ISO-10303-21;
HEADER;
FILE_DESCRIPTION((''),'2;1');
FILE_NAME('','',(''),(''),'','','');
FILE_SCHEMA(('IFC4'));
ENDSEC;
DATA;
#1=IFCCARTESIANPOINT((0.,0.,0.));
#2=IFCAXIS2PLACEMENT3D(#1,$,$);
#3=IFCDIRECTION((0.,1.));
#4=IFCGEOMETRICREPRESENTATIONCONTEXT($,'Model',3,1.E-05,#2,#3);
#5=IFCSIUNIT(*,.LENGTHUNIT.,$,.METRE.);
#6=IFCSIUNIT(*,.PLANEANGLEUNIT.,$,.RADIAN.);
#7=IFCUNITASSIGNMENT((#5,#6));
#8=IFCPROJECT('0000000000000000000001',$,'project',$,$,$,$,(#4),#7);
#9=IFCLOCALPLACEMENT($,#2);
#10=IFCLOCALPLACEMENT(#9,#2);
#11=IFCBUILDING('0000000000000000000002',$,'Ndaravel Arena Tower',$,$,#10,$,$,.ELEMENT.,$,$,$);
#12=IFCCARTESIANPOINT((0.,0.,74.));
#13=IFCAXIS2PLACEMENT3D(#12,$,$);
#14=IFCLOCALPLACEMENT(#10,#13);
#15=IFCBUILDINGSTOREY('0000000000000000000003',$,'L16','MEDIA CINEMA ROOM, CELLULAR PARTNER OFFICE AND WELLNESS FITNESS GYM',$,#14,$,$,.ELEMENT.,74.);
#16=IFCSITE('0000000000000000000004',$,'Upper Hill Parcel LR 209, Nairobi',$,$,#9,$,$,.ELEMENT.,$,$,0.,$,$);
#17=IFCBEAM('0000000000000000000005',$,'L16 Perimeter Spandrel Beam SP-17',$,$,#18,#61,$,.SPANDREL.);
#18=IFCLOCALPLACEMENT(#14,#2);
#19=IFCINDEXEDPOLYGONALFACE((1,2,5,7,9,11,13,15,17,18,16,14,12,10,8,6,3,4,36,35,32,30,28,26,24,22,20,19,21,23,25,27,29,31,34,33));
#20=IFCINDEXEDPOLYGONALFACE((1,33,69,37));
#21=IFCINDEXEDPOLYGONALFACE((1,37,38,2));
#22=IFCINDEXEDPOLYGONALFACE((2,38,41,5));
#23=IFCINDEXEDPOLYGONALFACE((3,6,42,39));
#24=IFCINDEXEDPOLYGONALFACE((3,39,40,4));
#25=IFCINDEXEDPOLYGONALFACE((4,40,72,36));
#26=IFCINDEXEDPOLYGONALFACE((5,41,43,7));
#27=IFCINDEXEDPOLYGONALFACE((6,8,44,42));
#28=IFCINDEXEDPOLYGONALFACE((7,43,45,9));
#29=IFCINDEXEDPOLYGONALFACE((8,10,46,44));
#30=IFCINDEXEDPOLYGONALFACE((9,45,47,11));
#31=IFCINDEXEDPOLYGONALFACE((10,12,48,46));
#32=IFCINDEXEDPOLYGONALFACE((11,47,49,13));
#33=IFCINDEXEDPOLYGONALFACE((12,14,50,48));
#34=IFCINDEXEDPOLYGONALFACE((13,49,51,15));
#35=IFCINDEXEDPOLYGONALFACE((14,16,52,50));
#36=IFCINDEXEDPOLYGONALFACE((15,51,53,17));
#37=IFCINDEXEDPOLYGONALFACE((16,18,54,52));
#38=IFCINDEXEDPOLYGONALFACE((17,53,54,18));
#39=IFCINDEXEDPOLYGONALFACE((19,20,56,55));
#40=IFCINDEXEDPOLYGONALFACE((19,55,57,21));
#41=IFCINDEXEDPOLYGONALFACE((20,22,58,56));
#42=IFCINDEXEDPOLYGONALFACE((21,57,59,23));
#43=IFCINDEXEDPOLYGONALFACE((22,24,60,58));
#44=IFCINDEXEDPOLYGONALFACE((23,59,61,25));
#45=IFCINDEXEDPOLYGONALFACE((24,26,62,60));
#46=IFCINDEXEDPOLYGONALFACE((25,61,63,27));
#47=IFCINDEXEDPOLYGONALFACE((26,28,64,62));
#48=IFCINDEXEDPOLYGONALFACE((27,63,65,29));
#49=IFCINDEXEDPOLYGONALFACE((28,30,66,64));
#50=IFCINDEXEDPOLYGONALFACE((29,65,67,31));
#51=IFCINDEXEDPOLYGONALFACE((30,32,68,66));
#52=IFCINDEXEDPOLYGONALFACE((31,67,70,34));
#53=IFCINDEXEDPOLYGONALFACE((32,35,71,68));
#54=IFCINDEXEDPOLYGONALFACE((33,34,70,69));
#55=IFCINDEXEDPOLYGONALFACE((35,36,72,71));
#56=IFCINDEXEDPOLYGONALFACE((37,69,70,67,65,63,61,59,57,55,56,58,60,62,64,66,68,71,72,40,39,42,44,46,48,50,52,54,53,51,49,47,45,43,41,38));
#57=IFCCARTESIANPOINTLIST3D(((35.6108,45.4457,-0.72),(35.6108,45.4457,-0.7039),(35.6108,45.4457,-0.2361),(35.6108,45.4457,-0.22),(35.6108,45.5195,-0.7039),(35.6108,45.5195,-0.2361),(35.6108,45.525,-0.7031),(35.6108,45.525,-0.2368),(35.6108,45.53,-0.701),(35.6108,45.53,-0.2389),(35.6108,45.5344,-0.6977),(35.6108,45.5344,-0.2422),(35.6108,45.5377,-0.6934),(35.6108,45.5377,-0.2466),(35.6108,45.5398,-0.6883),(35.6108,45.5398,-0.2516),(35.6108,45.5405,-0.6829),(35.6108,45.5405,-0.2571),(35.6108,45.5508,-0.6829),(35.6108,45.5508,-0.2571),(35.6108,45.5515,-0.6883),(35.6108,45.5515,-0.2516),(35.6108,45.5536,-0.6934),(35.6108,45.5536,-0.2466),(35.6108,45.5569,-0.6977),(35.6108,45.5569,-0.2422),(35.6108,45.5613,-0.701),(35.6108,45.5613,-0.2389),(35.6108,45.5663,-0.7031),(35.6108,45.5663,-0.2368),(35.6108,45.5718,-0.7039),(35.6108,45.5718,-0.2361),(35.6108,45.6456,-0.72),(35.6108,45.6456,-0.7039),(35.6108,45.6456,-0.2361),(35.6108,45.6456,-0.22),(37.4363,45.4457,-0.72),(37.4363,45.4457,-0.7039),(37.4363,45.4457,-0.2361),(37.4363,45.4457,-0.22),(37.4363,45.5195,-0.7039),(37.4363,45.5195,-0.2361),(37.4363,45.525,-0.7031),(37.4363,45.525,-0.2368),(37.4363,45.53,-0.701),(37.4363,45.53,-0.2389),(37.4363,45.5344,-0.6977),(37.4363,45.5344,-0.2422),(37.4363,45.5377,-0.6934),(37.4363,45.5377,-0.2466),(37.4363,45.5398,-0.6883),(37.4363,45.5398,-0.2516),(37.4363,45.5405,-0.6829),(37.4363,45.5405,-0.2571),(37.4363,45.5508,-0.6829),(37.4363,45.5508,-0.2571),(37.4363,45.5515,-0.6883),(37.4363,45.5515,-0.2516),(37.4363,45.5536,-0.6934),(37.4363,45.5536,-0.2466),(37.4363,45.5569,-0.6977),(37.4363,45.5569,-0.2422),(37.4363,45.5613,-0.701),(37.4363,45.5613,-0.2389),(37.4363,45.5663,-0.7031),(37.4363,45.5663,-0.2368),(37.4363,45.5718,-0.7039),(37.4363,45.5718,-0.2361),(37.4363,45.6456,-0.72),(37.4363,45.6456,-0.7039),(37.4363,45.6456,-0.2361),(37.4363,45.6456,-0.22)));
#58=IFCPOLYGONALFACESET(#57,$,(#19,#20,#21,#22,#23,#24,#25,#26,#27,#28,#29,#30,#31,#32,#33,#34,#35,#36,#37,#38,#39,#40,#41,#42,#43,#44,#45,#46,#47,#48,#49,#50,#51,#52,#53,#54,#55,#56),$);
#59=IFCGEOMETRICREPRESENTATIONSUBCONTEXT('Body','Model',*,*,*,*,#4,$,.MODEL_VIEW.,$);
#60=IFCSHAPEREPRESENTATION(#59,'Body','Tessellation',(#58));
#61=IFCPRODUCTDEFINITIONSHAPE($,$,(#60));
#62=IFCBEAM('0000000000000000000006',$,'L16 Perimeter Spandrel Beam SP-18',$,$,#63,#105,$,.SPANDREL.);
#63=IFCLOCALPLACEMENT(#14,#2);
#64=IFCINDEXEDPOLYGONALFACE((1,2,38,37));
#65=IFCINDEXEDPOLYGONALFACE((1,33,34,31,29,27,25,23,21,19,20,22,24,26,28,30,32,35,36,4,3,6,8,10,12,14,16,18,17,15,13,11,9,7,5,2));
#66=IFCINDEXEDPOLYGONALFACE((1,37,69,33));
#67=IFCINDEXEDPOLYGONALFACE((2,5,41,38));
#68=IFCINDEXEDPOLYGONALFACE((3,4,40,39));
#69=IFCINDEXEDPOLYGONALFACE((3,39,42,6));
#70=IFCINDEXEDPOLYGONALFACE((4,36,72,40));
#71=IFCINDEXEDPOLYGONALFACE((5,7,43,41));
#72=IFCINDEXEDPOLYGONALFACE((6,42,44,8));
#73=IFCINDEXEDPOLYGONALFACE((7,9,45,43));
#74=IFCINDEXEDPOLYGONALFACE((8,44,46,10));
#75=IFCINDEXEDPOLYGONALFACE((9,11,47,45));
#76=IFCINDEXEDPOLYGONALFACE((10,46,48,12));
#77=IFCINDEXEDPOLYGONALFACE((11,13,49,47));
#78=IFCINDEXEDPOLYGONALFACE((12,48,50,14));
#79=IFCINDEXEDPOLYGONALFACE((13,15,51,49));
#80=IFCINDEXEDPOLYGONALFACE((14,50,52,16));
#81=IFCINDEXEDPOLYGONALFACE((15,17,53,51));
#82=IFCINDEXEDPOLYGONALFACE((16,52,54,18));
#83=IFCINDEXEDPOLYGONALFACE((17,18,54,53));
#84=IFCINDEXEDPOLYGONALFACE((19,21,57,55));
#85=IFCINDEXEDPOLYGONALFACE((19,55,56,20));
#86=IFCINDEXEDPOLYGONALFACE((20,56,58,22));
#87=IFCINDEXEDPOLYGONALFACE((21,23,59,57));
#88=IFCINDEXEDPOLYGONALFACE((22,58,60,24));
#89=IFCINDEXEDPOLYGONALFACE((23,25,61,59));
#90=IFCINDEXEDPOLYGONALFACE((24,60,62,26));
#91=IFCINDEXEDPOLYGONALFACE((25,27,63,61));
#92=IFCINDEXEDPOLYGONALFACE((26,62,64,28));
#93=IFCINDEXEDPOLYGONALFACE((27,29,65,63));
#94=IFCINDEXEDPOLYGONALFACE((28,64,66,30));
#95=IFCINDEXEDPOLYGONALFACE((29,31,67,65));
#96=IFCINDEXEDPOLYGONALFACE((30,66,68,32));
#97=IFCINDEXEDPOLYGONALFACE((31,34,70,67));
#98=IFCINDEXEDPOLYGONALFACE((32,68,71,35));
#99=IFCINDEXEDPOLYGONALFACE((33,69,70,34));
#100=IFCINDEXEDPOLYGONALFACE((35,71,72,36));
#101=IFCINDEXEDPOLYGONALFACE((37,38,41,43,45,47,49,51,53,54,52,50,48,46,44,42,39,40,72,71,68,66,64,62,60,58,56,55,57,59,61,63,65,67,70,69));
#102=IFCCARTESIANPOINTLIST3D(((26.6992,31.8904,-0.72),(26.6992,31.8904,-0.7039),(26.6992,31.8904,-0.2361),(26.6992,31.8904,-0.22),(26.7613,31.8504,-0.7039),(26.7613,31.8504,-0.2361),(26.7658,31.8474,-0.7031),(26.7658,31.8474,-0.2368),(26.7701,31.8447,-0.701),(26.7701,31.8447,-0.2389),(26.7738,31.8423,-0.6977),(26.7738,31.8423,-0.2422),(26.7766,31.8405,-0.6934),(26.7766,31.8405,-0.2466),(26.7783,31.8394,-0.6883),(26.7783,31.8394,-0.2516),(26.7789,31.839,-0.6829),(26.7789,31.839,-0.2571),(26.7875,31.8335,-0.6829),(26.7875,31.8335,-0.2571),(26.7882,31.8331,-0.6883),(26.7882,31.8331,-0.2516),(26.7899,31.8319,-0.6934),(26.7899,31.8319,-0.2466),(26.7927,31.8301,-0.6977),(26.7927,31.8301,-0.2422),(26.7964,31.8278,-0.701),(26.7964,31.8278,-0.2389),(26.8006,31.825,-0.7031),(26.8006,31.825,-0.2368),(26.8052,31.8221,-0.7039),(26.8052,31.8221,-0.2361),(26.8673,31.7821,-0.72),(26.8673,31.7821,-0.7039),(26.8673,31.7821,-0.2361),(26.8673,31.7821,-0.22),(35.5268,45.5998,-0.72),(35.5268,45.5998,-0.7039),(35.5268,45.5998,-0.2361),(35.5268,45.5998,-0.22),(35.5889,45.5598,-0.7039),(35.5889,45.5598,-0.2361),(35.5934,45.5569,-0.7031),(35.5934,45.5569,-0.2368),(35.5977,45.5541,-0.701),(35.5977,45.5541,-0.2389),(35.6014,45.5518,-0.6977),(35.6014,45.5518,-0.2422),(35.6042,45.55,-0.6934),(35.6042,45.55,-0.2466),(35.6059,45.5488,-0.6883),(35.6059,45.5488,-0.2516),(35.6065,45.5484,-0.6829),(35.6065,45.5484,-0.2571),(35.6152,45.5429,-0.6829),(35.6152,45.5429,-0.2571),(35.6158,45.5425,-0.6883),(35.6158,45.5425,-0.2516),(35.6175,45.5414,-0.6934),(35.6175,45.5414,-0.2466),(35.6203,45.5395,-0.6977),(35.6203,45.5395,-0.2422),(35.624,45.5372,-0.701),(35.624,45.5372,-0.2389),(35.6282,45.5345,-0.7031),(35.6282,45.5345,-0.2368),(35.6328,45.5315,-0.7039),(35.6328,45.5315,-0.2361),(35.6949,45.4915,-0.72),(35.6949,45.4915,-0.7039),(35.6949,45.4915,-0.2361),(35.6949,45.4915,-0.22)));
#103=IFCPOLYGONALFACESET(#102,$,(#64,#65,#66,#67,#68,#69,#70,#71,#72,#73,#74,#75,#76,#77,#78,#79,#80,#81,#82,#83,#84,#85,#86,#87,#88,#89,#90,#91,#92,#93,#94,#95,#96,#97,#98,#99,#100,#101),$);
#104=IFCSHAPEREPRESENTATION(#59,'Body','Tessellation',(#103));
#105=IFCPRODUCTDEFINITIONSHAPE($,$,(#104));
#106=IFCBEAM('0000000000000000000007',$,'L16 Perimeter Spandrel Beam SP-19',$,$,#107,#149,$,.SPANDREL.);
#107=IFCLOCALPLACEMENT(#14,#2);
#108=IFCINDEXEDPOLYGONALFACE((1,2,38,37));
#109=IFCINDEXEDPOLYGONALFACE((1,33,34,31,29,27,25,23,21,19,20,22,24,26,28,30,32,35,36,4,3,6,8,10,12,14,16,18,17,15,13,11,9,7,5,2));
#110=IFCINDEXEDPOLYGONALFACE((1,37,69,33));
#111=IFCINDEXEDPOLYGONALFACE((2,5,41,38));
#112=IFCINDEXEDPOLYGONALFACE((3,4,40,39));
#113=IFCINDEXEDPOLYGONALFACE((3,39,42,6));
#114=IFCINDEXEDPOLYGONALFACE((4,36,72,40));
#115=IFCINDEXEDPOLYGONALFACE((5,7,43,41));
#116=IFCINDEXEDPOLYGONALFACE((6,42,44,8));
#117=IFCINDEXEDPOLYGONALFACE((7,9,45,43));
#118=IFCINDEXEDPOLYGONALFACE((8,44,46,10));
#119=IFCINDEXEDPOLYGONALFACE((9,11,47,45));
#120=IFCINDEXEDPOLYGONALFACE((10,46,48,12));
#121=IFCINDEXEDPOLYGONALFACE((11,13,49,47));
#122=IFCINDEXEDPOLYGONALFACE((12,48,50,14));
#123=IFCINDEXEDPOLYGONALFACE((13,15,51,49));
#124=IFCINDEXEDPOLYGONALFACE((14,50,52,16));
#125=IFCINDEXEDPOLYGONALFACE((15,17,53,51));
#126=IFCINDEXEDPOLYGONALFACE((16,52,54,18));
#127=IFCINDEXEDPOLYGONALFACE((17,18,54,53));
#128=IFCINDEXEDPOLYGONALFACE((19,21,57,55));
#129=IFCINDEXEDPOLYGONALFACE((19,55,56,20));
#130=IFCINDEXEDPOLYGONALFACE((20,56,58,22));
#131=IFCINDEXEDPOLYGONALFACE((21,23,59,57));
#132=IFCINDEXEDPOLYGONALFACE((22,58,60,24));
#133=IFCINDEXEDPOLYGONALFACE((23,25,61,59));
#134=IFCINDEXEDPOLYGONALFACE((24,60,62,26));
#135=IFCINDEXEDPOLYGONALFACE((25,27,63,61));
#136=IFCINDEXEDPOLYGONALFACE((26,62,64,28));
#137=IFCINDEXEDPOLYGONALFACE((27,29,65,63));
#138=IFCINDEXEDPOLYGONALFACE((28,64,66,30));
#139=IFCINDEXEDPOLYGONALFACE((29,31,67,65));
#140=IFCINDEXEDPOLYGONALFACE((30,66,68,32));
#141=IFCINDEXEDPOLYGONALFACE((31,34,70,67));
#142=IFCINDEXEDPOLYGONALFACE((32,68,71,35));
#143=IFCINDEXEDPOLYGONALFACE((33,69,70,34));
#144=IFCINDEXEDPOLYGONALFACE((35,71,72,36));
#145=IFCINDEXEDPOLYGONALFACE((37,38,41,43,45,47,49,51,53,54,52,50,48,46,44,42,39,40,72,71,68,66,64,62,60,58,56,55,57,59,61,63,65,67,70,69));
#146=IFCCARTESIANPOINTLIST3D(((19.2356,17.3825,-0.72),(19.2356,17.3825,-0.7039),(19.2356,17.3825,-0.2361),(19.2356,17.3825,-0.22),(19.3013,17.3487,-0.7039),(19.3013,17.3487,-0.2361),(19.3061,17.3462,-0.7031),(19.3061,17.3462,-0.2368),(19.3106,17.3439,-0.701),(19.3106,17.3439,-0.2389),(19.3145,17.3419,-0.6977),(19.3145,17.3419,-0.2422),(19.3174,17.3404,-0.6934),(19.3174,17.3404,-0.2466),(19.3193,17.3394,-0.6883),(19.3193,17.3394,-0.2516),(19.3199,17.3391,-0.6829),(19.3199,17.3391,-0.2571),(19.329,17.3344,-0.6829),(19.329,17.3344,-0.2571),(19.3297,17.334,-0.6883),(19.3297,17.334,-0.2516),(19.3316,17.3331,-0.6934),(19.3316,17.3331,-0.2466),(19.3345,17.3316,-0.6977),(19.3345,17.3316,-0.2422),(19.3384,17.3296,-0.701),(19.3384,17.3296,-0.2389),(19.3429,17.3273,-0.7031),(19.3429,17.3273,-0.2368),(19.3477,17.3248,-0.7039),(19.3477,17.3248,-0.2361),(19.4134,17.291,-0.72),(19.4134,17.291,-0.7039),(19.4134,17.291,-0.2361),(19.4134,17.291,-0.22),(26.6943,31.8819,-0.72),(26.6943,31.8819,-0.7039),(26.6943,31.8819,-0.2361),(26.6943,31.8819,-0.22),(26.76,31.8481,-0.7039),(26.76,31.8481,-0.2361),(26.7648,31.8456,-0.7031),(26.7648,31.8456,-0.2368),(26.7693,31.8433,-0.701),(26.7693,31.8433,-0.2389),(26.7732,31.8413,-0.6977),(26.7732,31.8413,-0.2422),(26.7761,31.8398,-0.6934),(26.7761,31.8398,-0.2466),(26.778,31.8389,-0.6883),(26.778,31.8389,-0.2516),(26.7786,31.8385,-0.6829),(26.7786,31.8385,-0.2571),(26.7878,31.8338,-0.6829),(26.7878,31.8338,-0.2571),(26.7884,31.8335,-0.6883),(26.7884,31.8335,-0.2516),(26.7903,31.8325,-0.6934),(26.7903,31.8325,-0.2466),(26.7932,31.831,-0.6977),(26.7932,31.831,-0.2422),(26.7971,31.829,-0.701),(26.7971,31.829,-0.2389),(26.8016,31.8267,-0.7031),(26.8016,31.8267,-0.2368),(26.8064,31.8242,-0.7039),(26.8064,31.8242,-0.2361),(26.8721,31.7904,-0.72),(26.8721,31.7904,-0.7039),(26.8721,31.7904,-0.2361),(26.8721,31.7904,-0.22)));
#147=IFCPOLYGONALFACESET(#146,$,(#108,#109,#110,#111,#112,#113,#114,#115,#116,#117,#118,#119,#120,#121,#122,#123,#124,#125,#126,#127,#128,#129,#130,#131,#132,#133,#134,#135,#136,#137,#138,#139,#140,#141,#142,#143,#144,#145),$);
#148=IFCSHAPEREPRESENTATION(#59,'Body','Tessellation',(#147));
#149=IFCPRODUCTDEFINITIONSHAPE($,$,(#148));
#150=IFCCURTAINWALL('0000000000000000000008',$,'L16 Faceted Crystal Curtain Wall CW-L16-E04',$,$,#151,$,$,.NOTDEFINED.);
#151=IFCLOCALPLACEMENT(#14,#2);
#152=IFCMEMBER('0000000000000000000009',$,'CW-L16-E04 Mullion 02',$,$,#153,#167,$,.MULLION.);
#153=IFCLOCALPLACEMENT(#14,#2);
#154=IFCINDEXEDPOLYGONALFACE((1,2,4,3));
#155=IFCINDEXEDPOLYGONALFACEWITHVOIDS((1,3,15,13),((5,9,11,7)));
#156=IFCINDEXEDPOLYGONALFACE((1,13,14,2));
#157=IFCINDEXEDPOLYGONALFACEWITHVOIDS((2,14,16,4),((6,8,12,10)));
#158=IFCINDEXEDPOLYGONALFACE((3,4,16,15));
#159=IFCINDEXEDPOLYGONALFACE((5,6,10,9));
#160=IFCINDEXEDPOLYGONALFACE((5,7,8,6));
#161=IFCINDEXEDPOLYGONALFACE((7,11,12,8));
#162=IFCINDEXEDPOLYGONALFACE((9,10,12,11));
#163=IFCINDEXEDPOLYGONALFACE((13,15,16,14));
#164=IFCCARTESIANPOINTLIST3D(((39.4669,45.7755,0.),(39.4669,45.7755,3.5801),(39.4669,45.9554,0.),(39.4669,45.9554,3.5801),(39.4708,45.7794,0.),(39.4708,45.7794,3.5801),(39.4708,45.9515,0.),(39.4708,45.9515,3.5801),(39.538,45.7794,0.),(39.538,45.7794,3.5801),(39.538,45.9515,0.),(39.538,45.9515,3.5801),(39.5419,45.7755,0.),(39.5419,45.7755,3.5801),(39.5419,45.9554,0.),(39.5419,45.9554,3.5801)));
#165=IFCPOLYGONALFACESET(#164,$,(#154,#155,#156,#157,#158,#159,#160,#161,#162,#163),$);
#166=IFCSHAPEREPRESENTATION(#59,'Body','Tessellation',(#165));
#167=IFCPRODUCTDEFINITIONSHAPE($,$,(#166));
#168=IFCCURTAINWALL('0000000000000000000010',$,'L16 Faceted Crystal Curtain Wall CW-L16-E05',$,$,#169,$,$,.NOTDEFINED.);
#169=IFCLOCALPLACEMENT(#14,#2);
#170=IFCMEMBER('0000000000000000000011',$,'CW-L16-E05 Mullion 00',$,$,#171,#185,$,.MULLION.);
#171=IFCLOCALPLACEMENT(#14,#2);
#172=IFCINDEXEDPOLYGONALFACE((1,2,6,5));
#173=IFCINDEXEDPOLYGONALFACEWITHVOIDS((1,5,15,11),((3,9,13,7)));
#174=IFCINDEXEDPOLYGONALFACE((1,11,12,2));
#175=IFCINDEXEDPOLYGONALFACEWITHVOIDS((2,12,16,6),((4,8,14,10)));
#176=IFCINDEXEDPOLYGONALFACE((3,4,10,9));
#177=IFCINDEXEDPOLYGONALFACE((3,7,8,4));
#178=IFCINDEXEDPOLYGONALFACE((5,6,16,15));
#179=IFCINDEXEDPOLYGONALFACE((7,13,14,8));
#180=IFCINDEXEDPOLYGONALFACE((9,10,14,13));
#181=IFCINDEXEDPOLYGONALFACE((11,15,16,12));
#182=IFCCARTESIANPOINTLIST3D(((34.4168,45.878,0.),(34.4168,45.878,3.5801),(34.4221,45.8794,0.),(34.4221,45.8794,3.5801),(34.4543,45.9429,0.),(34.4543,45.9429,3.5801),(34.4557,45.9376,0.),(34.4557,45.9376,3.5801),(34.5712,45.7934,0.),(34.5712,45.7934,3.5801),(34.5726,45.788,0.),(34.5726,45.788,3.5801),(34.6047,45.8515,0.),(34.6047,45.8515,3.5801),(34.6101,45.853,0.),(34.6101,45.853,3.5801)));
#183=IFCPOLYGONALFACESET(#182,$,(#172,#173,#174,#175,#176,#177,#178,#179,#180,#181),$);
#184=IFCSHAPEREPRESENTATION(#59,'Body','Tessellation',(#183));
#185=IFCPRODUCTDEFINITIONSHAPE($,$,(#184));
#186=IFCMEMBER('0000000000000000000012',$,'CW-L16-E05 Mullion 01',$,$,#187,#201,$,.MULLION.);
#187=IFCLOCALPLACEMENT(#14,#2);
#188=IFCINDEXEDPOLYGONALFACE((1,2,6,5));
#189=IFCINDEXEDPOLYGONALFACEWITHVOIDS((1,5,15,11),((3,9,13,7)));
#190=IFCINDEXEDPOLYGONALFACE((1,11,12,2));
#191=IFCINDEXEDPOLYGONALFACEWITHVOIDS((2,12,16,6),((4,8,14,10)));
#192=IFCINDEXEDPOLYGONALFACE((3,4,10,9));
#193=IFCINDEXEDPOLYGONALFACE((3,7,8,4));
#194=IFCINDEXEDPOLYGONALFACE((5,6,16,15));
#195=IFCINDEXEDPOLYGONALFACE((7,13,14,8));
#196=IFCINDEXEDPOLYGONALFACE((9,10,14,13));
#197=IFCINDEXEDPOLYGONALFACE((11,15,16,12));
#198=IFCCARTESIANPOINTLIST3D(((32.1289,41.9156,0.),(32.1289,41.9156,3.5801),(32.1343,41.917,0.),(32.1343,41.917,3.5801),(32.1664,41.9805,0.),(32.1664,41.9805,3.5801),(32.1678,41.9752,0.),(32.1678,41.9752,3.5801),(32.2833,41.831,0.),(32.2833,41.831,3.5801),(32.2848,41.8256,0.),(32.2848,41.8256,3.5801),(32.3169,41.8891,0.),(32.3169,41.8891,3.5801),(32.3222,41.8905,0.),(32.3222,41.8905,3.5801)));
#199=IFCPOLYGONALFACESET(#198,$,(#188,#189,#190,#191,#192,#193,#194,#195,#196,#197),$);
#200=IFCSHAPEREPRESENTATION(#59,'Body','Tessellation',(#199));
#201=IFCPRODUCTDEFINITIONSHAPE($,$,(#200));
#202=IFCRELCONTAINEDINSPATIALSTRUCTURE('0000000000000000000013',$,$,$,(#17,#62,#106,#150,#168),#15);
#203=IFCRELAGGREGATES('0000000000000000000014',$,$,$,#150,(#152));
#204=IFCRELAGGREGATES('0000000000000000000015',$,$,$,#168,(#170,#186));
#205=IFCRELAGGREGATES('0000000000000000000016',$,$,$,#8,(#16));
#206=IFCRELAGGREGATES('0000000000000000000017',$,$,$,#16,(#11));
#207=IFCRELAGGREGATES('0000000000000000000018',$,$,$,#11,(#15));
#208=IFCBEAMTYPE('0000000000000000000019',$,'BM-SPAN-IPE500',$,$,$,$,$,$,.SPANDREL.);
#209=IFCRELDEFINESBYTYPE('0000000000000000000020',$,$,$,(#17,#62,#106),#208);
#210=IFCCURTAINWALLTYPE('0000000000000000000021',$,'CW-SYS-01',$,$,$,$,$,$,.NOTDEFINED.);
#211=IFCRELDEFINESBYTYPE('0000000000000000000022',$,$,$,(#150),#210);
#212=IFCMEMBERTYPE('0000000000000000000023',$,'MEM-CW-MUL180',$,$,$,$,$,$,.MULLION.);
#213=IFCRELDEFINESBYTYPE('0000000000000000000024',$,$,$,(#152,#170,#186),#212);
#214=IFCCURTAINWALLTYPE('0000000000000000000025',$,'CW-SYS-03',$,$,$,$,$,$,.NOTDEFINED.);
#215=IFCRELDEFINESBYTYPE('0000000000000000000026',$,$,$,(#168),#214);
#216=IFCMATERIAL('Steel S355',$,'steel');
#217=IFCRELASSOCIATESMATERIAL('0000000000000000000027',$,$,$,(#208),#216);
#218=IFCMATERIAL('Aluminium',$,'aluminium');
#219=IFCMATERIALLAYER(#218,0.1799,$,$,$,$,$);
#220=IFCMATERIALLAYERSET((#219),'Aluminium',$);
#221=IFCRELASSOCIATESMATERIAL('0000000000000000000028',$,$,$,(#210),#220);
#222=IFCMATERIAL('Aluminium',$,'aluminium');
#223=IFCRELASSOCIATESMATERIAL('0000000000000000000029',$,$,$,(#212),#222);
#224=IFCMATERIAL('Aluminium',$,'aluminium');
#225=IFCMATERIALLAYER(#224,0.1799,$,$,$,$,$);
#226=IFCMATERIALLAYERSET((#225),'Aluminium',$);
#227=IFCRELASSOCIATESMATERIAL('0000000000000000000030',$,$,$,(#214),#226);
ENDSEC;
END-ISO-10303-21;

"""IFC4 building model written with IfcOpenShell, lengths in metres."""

from ifc_helpers import new_model, si_unit, direction, frame, origin, origin_2d, place, context, subcontext, project, spatial, hollow_rectangle, i_section, extrude, material, layer, layer_set, material_profile, profile_set, type_object, element, aggregate, save


model = new_model("IFC4")

# Units and contexts
model_context = context("Model", 3, precision=1e-05, world=origin(), true_north=direction((0.0, 1.0)))
body_context = subcontext(model_context, "Body", "Model", "MODEL_VIEW")
ifc_project = project(units=[si_unit("LENGTHUNIT", "METRE"), si_unit("PLANEANGLEUNIT", "RADIAN")], contexts=[model_context])

# Site, building, storey
site_placement = place(None, origin())
site = spatial("IfcSite", under=ifc_project, at=site_placement, Name="Upper Hill Parcel LR 209, Nairobi", CompositionType="ELEMENT", RefElevation=0.0)
building_placement = place(site_placement, origin())
building = spatial("IfcBuilding", under=site, at=building_placement, Name="Ndaravel Arena Tower", CompositionType="ELEMENT")
storey_placement = place(building_placement, frame((0.0, 0.0, 74.0)))
storey = spatial("IfcBuildingStorey", under=building, at=storey_placement, Name="L16", Description="MEDIA CINEMA ROOM, CELLULAR PARTNER OFFICE AND WELLNESS FITNESS GYM", CompositionType="ELEMENT", Elevation=74.0)

# Beams
ifc_material_1 = material(Name="Steel S355", Category="steel")
ifc_material_profile_1 = material_profile(ifc_material_1, i_section(OverallWidth=0.2, OverallDepth=0.5, WebThickness=0.0103, FlangeThickness=0.0161, FilletRadius=0.021, at=origin_2d()), Name="IPE 500")
ifc_profile_set_1 = profile_set([ifc_material_profile_1], Name="Steel S355")
beam_type_1 = type_object("IfcBeamType", Name="BM-SPAN-IPE500", PredefinedType="SPANDREL", material=ifc_profile_set_1)
for number, where, z_axis, x_axis, name in (
    (1, (37.4363, 45.5457, -0.47), (-1.0, 0.0, 0.0), (0.0, -1.0, 0.0), "L16 Perimeter Spandrel Beam SP-17"),
):
    element("IfcBeam", number, at=place(storey_placement, frame(where, z_axis=z_axis, x_axis=x_axis)), inside=storey, type_object=beam_type_1, Name=name, PredefinedType="SPANDREL", context=body_context, shape_type="SweptSolid", body=[
        extrude(i_section(OverallWidth=0.2, OverallDepth=0.5, WebThickness=0.0103, FlangeThickness=0.0161, FilletRadius=0.021, at=origin_2d()), origin(), (0.0, 0.0, 1.0), 1.8254),
    ])
beam_1_placement = place(storey_placement, frame((35.6108, 45.5457, -0.47), z_axis=(-0.541383, -0.840776, 0.0), x_axis=(0.840776, -0.541383, 0.0)))
element("IfcBeam", 2, at=beam_1_placement, inside=storey, type_object=beam_type_1, Name="L16 Perimeter Spandrel Beam SP-18", PredefinedType="SPANDREL", context=body_context, shape_type="SweptSolid", body=[
    extrude(i_section(OverallWidth=0.2, OverallDepth=0.5, WebThickness=0.0103, FlangeThickness=0.0161, FilletRadius=0.021, at=origin_2d()), origin(), (0.0, 0.0, 1.0), 16.3057),
])
beam_2_placement = place(storey_placement, frame((26.7832, 31.8362, -0.47), z_axis=(-0.457438, -0.889242, 0.0), x_axis=(0.889242, -0.457438, 0.0)))
element("IfcBeam", 3, at=beam_2_placement, inside=storey, type_object=beam_type_1, Name="L16 Perimeter Spandrel Beam SP-19", PredefinedType="SPANDREL", context=body_context, shape_type="SweptSolid", body=[
    extrude(i_section(OverallWidth=0.2, OverallDepth=0.5, WebThickness=0.0103, FlangeThickness=0.0161, FilletRadius=0.021, at=origin_2d()), origin(), (0.0, 0.0, 1.0), 16.3054),
])

# Curtain wall, member
ifc_material_2 = material(Name="Aluminium", Category="aluminium")
ifc_layer_1 = layer(ifc_material_2, 0.1799)
ifc_layer_set_1 = layer_set([ifc_layer_1], Name="Aluminium")
curtain_wall_type_1 = type_object("IfcCurtainWallType", Name="CW-SYS-01", PredefinedType="NOTDEFINED", material=ifc_layer_set_1)
curtain_wall_1_placement = place(storey_placement, origin())
curtain_wall_1 = element("IfcCurtainWall", 4, at=curtain_wall_1_placement, inside=storey, type_object=curtain_wall_type_1, Name="L16 Faceted Crystal Curtain Wall CW-L16-E04", PredefinedType="NOTDEFINED")
ifc_material_3 = material(Name="Aluminium", Category="aluminium")
ifc_material_profile_2 = material_profile(ifc_material_3, hollow_rectangle(XDim=0.075, YDim=0.1799, WallThickness=0.0039, at=origin_2d()), Name="CW MULLION 75x180x4")
ifc_profile_set_2 = profile_set([ifc_material_profile_2], Name="Aluminium")
member_type_1 = type_object("IfcMemberType", Name="MEM-CW-MUL180", PredefinedType="MULLION", material=ifc_profile_set_2)
member_1_placement = place(storey_placement, frame((39.5044, 45.8655, 0.0), z_axis=(0.0, 0.0, 1.0), x_axis=(-1.0, 0.0, 0.0)))
member_1 = element("IfcMember", 5, at=member_1_placement, type_object=member_type_1, Name="CW-L16-E04 Mullion 02", PredefinedType="MULLION", context=body_context, shape_type="SweptSolid", body=[
    extrude(hollow_rectangle(XDim=0.075, YDim=0.1799, WallThickness=0.0039, at=origin_2d()), origin(), (0.0, 0.0, 1.0), 3.5801),
])

# Curtain wall, members
ifc_material_4 = material(Name="Aluminium", Category="aluminium")
ifc_layer_2 = layer(ifc_material_4, 0.1799)
ifc_layer_set_2 = layer_set([ifc_layer_2], Name="Aluminium")
curtain_wall_type_2 = type_object("IfcCurtainWallType", Name="CW-SYS-03", PredefinedType="NOTDEFINED", material=ifc_layer_set_2)
curtain_wall_2_placement = place(storey_placement, origin())
curtain_wall_2 = element("IfcCurtainWall", 6, at=curtain_wall_2_placement, inside=storey, type_object=curtain_wall_type_2, Name="L16 Faceted Crystal Curtain Wall CW-L16-E05", PredefinedType="NOTDEFINED")
member_2_placement = place(storey_placement, frame((34.5134, 45.8655, 0.0), z_axis=(0.0, 0.0, 1.0), x_axis=(-0.5, -0.866025, 0.0)))
member_2 = element("IfcMember", 7, at=member_2_placement, type_object=member_type_1, Name="CW-L16-E05 Mullion 00", PredefinedType="MULLION", context=body_context, shape_type="SweptSolid", body=[
    extrude(hollow_rectangle(XDim=0.075, YDim=0.1799, WallThickness=0.0039, at=origin_2d()), origin(), (0.0, 0.0, 1.0), 3.5801),
])
member_3_placement = place(storey_placement, frame((32.2256, 41.9031, 0.0), z_axis=(0.0, 0.0, 1.0), x_axis=(-0.5, -0.866025, 0.0)))
member_3 = element("IfcMember", 8, at=member_3_placement, type_object=member_type_1, Name="CW-L16-E05 Mullion 01", PredefinedType="MULLION", context=body_context, shape_type="SweptSolid", body=[
    extrude(hollow_rectangle(XDim=0.075, YDim=0.1799, WallThickness=0.0039, at=origin_2d()), origin(), (0.0, 0.0, 1.0), 3.5801),
])

aggregate(curtain_wall_1, [member_1])
aggregate(curtain_wall_2, [member_2, member_3])

save(model, "model.ifc")
